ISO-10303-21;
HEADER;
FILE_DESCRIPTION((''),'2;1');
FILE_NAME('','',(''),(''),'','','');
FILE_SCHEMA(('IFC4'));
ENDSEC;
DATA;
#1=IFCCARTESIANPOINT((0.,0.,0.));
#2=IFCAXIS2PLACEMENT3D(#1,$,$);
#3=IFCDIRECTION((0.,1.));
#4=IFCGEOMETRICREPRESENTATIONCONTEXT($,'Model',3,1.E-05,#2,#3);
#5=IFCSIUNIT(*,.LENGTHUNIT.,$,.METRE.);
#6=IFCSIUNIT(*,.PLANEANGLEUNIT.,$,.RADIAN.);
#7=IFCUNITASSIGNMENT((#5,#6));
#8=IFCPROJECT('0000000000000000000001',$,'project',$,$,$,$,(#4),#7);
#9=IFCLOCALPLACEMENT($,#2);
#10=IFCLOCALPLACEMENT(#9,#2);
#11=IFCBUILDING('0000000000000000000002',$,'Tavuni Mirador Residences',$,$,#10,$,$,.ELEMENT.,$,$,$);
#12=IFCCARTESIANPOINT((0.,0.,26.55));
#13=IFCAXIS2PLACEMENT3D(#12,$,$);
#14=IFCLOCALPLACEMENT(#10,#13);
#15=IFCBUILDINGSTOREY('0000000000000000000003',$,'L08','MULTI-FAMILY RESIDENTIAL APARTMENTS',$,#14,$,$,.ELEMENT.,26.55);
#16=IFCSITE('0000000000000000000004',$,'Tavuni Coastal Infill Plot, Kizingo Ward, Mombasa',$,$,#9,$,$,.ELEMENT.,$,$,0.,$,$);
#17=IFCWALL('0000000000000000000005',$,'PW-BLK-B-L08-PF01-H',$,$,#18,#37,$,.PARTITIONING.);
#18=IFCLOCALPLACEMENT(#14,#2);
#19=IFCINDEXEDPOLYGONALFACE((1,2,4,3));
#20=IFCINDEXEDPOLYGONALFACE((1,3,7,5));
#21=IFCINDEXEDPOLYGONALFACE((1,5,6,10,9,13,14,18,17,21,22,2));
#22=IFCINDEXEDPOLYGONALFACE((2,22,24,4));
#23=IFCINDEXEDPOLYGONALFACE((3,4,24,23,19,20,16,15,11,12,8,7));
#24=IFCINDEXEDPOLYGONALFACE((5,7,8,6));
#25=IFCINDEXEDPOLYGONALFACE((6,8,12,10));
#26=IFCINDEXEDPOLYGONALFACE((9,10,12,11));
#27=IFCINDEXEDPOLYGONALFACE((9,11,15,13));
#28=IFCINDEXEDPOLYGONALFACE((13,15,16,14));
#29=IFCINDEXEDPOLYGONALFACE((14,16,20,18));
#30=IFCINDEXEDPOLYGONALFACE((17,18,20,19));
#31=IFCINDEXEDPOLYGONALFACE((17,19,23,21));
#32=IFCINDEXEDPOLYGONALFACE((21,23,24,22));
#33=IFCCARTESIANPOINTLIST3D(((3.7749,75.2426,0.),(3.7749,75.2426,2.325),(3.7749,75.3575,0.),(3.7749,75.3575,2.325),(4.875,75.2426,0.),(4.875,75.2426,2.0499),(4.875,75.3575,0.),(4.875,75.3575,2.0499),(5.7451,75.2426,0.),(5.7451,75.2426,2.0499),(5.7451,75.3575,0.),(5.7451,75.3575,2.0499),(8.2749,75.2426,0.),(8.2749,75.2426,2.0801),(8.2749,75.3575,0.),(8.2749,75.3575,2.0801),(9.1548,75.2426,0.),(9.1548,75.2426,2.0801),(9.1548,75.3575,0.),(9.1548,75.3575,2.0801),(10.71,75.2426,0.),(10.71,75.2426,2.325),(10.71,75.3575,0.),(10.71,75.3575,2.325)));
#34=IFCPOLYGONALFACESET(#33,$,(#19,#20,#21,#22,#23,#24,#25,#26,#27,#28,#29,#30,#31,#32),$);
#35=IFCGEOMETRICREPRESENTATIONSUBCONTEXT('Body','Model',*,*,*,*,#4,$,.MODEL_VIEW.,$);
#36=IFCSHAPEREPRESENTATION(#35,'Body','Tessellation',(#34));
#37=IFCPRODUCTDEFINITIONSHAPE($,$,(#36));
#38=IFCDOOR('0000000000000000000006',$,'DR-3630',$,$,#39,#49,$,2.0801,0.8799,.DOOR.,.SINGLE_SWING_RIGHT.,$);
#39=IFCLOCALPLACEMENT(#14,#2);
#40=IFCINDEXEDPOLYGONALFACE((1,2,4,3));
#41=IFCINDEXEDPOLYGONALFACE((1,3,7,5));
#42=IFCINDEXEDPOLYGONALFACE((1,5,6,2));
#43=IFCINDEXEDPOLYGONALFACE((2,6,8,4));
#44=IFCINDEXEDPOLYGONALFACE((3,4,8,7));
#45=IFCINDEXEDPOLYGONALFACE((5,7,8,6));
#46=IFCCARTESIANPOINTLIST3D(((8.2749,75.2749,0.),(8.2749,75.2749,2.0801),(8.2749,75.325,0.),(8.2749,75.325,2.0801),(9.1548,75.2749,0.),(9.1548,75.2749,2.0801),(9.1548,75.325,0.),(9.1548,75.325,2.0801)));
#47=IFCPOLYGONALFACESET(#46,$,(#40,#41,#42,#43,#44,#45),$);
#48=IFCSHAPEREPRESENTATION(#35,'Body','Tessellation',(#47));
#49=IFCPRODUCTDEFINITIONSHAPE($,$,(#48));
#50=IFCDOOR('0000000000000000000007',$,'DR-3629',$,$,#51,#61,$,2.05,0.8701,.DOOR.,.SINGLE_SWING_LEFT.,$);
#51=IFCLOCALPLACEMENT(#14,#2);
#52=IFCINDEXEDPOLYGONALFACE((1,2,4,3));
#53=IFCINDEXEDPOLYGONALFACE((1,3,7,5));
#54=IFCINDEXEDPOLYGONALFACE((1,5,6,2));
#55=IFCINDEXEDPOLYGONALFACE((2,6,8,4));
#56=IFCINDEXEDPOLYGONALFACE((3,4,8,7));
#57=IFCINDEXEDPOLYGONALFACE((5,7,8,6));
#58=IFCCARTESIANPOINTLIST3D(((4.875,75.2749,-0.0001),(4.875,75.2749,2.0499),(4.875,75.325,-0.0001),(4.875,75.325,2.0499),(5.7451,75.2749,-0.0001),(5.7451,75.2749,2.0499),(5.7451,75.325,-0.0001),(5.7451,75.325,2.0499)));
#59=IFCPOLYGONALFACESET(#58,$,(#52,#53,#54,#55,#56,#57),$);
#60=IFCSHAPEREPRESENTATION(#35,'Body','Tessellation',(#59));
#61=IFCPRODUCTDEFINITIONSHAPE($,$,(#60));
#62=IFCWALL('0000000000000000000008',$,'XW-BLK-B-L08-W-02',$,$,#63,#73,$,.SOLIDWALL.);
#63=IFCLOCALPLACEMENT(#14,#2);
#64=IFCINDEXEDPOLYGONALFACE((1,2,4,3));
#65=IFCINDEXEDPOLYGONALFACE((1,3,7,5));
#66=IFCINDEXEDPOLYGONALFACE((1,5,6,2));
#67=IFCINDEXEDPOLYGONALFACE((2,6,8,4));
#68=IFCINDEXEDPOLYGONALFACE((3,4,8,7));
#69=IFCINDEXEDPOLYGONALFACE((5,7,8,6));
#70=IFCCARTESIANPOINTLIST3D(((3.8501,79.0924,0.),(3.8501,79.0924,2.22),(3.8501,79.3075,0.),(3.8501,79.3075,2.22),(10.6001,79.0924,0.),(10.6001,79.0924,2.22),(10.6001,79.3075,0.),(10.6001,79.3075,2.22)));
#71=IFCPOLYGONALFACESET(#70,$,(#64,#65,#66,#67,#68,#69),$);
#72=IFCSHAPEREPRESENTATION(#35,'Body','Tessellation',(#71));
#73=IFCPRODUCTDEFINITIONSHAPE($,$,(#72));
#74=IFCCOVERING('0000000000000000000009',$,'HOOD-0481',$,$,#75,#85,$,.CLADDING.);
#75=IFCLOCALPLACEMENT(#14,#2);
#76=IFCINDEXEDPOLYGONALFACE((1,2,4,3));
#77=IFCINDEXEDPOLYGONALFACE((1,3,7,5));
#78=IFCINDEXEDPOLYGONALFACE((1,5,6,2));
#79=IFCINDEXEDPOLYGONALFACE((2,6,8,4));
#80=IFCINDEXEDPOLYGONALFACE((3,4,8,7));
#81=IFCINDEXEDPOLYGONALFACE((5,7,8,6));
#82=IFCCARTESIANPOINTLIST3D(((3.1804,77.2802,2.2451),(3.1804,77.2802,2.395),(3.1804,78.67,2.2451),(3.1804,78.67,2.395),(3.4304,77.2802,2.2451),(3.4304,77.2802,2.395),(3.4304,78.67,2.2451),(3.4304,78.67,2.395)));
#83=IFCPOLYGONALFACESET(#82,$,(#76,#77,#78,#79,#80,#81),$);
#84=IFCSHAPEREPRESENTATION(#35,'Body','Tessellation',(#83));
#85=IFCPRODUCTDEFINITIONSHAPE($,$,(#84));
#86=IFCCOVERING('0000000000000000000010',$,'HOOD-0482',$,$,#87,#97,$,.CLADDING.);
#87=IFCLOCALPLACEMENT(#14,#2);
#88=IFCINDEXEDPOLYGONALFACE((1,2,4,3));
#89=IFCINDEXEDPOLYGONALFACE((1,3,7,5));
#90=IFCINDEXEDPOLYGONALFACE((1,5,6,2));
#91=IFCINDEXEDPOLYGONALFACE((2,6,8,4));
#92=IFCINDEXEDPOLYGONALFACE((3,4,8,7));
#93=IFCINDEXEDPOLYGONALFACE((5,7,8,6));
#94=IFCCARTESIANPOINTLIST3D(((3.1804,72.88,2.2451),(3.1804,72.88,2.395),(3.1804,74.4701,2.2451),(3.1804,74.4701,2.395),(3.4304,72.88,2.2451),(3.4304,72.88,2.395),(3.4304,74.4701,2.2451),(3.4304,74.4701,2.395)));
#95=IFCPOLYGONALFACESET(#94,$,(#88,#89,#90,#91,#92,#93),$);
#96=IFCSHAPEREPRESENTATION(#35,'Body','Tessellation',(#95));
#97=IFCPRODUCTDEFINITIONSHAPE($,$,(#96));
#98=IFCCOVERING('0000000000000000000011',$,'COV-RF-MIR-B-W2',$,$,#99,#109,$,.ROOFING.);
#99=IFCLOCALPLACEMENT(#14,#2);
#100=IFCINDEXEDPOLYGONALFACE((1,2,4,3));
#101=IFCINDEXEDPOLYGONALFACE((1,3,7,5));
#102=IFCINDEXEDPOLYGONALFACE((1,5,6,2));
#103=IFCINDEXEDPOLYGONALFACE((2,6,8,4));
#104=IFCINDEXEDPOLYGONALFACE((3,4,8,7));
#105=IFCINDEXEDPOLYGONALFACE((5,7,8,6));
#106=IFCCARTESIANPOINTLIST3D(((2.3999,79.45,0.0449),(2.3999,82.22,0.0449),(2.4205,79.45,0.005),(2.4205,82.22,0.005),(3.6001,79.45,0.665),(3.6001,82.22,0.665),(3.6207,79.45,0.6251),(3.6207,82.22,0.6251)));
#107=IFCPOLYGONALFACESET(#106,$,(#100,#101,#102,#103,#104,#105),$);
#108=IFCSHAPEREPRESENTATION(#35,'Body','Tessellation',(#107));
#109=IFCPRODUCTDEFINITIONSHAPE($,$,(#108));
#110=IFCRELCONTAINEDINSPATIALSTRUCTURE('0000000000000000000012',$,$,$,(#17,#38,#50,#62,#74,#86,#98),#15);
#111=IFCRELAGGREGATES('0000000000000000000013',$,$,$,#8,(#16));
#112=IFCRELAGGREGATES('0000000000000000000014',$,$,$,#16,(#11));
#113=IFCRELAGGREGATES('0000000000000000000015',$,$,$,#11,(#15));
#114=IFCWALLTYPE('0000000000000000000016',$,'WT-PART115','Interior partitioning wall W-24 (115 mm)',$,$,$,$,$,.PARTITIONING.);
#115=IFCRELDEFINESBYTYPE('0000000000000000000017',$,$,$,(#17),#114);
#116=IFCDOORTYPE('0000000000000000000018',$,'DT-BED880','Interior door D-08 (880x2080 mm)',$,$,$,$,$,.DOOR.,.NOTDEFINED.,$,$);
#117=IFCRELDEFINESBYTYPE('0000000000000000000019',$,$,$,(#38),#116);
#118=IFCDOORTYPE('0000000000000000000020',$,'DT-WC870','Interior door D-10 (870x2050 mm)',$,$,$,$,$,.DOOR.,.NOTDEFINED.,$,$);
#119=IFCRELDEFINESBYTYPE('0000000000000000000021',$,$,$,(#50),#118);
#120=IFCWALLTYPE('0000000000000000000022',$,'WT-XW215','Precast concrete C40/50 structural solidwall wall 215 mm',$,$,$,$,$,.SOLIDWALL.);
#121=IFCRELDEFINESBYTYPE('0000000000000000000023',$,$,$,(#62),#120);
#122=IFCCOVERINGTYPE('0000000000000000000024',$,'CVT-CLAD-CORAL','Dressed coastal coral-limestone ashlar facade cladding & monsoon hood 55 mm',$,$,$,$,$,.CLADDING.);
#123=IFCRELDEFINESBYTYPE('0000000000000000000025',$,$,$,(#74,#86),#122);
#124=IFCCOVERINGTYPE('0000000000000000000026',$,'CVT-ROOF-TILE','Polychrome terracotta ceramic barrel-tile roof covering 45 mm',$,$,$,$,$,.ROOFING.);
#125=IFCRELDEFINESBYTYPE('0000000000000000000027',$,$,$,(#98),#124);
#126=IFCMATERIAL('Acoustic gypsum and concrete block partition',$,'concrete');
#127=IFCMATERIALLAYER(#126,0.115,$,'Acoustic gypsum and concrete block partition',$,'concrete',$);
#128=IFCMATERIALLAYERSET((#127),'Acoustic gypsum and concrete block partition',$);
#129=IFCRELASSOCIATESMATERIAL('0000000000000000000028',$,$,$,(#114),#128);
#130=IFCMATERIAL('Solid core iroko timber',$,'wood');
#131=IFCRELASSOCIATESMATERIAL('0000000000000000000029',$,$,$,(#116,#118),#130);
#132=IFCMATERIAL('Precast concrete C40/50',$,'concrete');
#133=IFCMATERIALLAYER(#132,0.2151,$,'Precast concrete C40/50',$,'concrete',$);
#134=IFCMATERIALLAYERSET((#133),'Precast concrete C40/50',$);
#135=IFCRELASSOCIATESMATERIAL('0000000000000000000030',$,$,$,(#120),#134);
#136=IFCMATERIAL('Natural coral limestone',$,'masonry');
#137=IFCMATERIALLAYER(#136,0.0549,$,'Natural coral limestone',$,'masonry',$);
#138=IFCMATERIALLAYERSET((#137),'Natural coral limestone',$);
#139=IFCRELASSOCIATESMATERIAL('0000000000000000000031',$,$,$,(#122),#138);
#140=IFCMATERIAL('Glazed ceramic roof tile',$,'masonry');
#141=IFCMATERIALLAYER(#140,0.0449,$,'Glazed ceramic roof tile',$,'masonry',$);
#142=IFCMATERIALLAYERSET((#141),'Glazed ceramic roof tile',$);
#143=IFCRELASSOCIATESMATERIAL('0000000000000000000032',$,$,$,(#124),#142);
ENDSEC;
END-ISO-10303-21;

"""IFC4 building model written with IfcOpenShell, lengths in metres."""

from ifc_helpers import new_model, si_unit, direction, frame, frame_2d, origin, origin_2d, place, context, subcontext, project, spatial, polyline, rectangle, outline, extrude, material, layer, layer_set, type_object, element, fill, save


model = new_model("IFC4")

# Units and contexts
model_context = context("Model", 3, precision=1e-05, world=origin(), true_north=direction((0.0, 1.0)))
body_context = subcontext(model_context, "Body", "Model", "MODEL_VIEW")
ifc_project = project(units=[si_unit("LENGTHUNIT", "METRE"), si_unit("PLANEANGLEUNIT", "RADIAN")], contexts=[model_context])

# Site, building, storey
site_placement = place(None, origin())
site = spatial("IfcSite", under=ifc_project, at=site_placement, Name="Tavuni Coastal Infill Plot, Kizingo Ward, Mombasa", CompositionType="ELEMENT", RefElevation=0.0)
building_placement = place(site_placement, origin())
building = spatial("IfcBuilding", under=site, at=building_placement, Name="Tavuni Mirador Residences", CompositionType="ELEMENT")
storey_placement = place(building_placement, frame((0.0, 0.0, 26.55)))
storey = spatial("IfcBuildingStorey", under=building, at=storey_placement, Name="L08", Description="MULTI-FAMILY RESIDENTIAL APARTMENTS", CompositionType="ELEMENT", Elevation=26.55)

# Shared definitions
ifc_material_1 = material(Name="Precast concrete C40/50", Category="concrete")

# Shared definitions
ifc_material_2 = material(Name="Acoustic gypsum and concrete block partition", Category="concrete")

# Wall, openings, doors
ifc_layer_1 = layer(ifc_material_2, 0.115, Name="Acoustic gypsum and concrete block partition", Category="concrete")
ifc_layer_set_1 = layer_set([ifc_layer_1], Name="Acoustic gypsum and concrete block partition")
wall_type_1 = type_object("IfcWallType", Name="WT-PART115", Description="Interior partitioning wall W-24 (115 mm)", PredefinedType="PARTITIONING", material=ifc_layer_set_1)
wall_1_placement = place(storey_placement, frame((3.7749, 75.3, 0.0), z_axis=(0.0, 0.0, 1.0), x_axis=(1.0, 0.0, 0.0)))
wall_1 = element("IfcWall", 1, at=wall_1_placement, inside=storey, type_object=wall_type_1, Name="PW-BLK-B-L08-PF01-H", PredefinedType="PARTITIONING", context=body_context, shape_type="SweptSolid", body=[
    extrude(rectangle(XDim=6.9351, YDim=0.115, at=frame_2d((3.4675, 0.0))), origin(), (0.0, 0.0, 1.0), 2.325),
])
opening_1_placement = place(wall_1_placement, frame((1.1001, 0.0, 0.0)))
opening_1 = element("IfcOpeningElement", 2, at=opening_1_placement, cuts=wall_1, PredefinedType="OPENING", context=body_context, shape_type="SweptSolid", body=[
    extrude(rectangle(XDim=0.8701, YDim=2.05, at=frame_2d((0.4351, 1.0249))), frame((0.0, 0.0674, 0.0), z_axis=(0.0, -1.0, 0.0), x_axis=(1.0, 0.0, 0.0)), (0.0, 0.0, 1.0), 0.135),
])
opening_2_placement = place(wall_1_placement, frame((4.5, 0.0, 0.0)))
opening_2 = element("IfcOpeningElement", 3, at=opening_2_placement, cuts=wall_1, PredefinedType="OPENING", context=body_context, shape_type="SweptSolid", body=[
    extrude(rectangle(XDim=0.8799, YDim=2.0801, at=frame_2d((0.4399, 1.04))), frame((0.0, 0.0674, 0.0), z_axis=(0.0, -1.0, 0.0), x_axis=(1.0, 0.0, 0.0)), (0.0, 0.0, 1.0), 0.135),
])
ifc_material_3 = material(Name="Solid core iroko timber", Category="wood")
door_type_1 = type_object("IfcDoorType", Name="DT-BED880", Description="Interior door D-08 (880x2080 mm)", OperationType="NOTDEFINED", PredefinedType="DOOR", material=ifc_material_3)
door_1_placement = place(opening_2_placement, origin())
door_1 = element("IfcDoor", 4, at=door_1_placement, inside=storey, type_object=door_type_1, Name="DR-3630", OperationType="SINGLE_SWING_RIGHT", OverallHeight=2.0801, OverallWidth=0.8799, PredefinedType="DOOR", context=body_context, shape_type="SweptSolid", body=[
    extrude(rectangle(XDim=0.8799, YDim=2.0801, at=frame_2d((0.4399, 1.04))), frame((0.0, 0.0249, 0.0), z_axis=(0.0, -1.0, 0.0), x_axis=(1.0, 0.0, 0.0)), (0.0, 0.0, 1.0), 0.05),
])
fill(opening_2, door_1)
door_type_2 = type_object("IfcDoorType", Name="DT-WC870", Description="Interior door D-10 (870x2050 mm)", OperationType="NOTDEFINED", PredefinedType="DOOR", material=ifc_material_3)
door_2_placement = place(opening_1_placement, origin())
door_2 = element("IfcDoor", 5, at=door_2_placement, inside=storey, type_object=door_type_2, Name="DR-3629", OperationType="SINGLE_SWING_LEFT", OverallHeight=2.05, OverallWidth=0.8701, PredefinedType="DOOR", context=body_context, shape_type="SweptSolid", body=[
    extrude(rectangle(XDim=0.8701, YDim=2.05, at=frame_2d((0.4351, 1.0249))), frame((0.0, 0.0249, 0.0), z_axis=(0.0, -1.0, 0.0), x_axis=(1.0, 0.0, 0.0)), (0.0, 0.0, 1.0), 0.05),
])
fill(opening_1, door_2)

# Shared definitions
ifc_layer_2 = layer(ifc_material_1, 0.2151, Name="Precast concrete C40/50", Category="concrete")
ifc_layer_set_2 = layer_set([ifc_layer_2], Name="Precast concrete C40/50")
wall_type_2 = type_object("IfcWallType", Name="WT-XW215", Description="Precast concrete C40/50 structural solidwall wall 215 mm", PredefinedType="SOLIDWALL", material=ifc_layer_set_2)

# Wall
wall_2_placement = place(storey_placement, frame((3.8501, 79.2, 0.0), z_axis=(0.0, 0.0, 1.0), x_axis=(1.0, 0.0, 0.0)))
element("IfcWall", 6, at=wall_2_placement, inside=storey, type_object=wall_type_2, Name="XW-BLK-B-L08-W-02", PredefinedType="SOLIDWALL", context=body_context, shape_type="SweptSolid", body=[
    extrude(rectangle(XDim=6.75, YDim=0.2151, at=frame_2d((3.375, 0.0))), origin(), (0.0, 0.0, 1.0), 2.22),
])

# Coverings
ifc_material_4 = material(Name="Natural coral limestone", Category="masonry")
ifc_layer_3 = layer(ifc_material_4, 0.0549, Name="Natural coral limestone", Category="masonry")
ifc_layer_set_3 = layer_set([ifc_layer_3], Name="Natural coral limestone")
covering_type_1 = type_object("IfcCoveringType", Name="CVT-CLAD-CORAL", Description="Dressed coastal coral-limestone ashlar facade cladding & monsoon hood 55 mm", PredefinedType="CLADDING", material=ifc_layer_set_3)
covering_1_placement = place(storey_placement, frame((3.3054, 77.9751, 2.2451), z_axis=(0.0, 0.0, 1.0), x_axis=(0.0, -1.0, 0.0)))
element("IfcCovering", 7, at=covering_1_placement, inside=storey, type_object=covering_type_1, Name="HOOD-0481", PredefinedType="CLADDING", context=body_context, shape_type="SweptSolid", body=[
    extrude(rectangle(XDim=1.3899, YDim=0.25, at=origin_2d()), origin(), (0.0, 0.0, 1.0), 0.1499),
])
covering_2_placement = place(storey_placement, frame((3.3054, 73.675, 2.2451), z_axis=(0.0, 0.0, 1.0), x_axis=(0.0, -1.0, 0.0)))
element("IfcCovering", 8, at=covering_2_placement, inside=storey, type_object=covering_type_1, Name="HOOD-0482", PredefinedType="CLADDING", context=body_context, shape_type="SweptSolid", body=[
    extrude(rectangle(XDim=1.5901, YDim=0.25, at=origin_2d()), origin(), (0.0, 0.0, 1.0), 0.1499),
])
ifc_material_5 = material(Name="Glazed ceramic roof tile", Category="masonry")
ifc_layer_4 = layer(ifc_material_5, 0.0449, Name="Glazed ceramic roof tile", Category="masonry")
ifc_layer_set_4 = layer_set([ifc_layer_4], Name="Glazed ceramic roof tile")
covering_type_2 = type_object("IfcCoveringType", Name="CVT-ROOF-TILE", Description="Polychrome terracotta ceramic barrel-tile roof covering 45 mm", PredefinedType="ROOFING", material=ifc_layer_set_4)
covering_3_placement = place(storey_placement, frame((3.6001, 79.45, 0.665), z_axis=(-0.45903, 0.0, 0.888421), x_axis=(0.0, 1.0, 0.0)))
element("IfcCovering", 9, at=covering_3_placement, inside=storey, type_object=covering_type_2, Name="COV-RF-MIR-B-W2", PredefinedType="ROOFING", context=body_context, shape_type="SweptSolid", body=[
    extrude(outline(polyline([(0.0, 0.0), (2.77, 0.0), (2.77, 1.3509), (0.0, 1.3509), (0.0, 0.0)])), origin(), (0.0, 0.0, -1.0), 0.0449),
])

save(model, "model.ifc")
